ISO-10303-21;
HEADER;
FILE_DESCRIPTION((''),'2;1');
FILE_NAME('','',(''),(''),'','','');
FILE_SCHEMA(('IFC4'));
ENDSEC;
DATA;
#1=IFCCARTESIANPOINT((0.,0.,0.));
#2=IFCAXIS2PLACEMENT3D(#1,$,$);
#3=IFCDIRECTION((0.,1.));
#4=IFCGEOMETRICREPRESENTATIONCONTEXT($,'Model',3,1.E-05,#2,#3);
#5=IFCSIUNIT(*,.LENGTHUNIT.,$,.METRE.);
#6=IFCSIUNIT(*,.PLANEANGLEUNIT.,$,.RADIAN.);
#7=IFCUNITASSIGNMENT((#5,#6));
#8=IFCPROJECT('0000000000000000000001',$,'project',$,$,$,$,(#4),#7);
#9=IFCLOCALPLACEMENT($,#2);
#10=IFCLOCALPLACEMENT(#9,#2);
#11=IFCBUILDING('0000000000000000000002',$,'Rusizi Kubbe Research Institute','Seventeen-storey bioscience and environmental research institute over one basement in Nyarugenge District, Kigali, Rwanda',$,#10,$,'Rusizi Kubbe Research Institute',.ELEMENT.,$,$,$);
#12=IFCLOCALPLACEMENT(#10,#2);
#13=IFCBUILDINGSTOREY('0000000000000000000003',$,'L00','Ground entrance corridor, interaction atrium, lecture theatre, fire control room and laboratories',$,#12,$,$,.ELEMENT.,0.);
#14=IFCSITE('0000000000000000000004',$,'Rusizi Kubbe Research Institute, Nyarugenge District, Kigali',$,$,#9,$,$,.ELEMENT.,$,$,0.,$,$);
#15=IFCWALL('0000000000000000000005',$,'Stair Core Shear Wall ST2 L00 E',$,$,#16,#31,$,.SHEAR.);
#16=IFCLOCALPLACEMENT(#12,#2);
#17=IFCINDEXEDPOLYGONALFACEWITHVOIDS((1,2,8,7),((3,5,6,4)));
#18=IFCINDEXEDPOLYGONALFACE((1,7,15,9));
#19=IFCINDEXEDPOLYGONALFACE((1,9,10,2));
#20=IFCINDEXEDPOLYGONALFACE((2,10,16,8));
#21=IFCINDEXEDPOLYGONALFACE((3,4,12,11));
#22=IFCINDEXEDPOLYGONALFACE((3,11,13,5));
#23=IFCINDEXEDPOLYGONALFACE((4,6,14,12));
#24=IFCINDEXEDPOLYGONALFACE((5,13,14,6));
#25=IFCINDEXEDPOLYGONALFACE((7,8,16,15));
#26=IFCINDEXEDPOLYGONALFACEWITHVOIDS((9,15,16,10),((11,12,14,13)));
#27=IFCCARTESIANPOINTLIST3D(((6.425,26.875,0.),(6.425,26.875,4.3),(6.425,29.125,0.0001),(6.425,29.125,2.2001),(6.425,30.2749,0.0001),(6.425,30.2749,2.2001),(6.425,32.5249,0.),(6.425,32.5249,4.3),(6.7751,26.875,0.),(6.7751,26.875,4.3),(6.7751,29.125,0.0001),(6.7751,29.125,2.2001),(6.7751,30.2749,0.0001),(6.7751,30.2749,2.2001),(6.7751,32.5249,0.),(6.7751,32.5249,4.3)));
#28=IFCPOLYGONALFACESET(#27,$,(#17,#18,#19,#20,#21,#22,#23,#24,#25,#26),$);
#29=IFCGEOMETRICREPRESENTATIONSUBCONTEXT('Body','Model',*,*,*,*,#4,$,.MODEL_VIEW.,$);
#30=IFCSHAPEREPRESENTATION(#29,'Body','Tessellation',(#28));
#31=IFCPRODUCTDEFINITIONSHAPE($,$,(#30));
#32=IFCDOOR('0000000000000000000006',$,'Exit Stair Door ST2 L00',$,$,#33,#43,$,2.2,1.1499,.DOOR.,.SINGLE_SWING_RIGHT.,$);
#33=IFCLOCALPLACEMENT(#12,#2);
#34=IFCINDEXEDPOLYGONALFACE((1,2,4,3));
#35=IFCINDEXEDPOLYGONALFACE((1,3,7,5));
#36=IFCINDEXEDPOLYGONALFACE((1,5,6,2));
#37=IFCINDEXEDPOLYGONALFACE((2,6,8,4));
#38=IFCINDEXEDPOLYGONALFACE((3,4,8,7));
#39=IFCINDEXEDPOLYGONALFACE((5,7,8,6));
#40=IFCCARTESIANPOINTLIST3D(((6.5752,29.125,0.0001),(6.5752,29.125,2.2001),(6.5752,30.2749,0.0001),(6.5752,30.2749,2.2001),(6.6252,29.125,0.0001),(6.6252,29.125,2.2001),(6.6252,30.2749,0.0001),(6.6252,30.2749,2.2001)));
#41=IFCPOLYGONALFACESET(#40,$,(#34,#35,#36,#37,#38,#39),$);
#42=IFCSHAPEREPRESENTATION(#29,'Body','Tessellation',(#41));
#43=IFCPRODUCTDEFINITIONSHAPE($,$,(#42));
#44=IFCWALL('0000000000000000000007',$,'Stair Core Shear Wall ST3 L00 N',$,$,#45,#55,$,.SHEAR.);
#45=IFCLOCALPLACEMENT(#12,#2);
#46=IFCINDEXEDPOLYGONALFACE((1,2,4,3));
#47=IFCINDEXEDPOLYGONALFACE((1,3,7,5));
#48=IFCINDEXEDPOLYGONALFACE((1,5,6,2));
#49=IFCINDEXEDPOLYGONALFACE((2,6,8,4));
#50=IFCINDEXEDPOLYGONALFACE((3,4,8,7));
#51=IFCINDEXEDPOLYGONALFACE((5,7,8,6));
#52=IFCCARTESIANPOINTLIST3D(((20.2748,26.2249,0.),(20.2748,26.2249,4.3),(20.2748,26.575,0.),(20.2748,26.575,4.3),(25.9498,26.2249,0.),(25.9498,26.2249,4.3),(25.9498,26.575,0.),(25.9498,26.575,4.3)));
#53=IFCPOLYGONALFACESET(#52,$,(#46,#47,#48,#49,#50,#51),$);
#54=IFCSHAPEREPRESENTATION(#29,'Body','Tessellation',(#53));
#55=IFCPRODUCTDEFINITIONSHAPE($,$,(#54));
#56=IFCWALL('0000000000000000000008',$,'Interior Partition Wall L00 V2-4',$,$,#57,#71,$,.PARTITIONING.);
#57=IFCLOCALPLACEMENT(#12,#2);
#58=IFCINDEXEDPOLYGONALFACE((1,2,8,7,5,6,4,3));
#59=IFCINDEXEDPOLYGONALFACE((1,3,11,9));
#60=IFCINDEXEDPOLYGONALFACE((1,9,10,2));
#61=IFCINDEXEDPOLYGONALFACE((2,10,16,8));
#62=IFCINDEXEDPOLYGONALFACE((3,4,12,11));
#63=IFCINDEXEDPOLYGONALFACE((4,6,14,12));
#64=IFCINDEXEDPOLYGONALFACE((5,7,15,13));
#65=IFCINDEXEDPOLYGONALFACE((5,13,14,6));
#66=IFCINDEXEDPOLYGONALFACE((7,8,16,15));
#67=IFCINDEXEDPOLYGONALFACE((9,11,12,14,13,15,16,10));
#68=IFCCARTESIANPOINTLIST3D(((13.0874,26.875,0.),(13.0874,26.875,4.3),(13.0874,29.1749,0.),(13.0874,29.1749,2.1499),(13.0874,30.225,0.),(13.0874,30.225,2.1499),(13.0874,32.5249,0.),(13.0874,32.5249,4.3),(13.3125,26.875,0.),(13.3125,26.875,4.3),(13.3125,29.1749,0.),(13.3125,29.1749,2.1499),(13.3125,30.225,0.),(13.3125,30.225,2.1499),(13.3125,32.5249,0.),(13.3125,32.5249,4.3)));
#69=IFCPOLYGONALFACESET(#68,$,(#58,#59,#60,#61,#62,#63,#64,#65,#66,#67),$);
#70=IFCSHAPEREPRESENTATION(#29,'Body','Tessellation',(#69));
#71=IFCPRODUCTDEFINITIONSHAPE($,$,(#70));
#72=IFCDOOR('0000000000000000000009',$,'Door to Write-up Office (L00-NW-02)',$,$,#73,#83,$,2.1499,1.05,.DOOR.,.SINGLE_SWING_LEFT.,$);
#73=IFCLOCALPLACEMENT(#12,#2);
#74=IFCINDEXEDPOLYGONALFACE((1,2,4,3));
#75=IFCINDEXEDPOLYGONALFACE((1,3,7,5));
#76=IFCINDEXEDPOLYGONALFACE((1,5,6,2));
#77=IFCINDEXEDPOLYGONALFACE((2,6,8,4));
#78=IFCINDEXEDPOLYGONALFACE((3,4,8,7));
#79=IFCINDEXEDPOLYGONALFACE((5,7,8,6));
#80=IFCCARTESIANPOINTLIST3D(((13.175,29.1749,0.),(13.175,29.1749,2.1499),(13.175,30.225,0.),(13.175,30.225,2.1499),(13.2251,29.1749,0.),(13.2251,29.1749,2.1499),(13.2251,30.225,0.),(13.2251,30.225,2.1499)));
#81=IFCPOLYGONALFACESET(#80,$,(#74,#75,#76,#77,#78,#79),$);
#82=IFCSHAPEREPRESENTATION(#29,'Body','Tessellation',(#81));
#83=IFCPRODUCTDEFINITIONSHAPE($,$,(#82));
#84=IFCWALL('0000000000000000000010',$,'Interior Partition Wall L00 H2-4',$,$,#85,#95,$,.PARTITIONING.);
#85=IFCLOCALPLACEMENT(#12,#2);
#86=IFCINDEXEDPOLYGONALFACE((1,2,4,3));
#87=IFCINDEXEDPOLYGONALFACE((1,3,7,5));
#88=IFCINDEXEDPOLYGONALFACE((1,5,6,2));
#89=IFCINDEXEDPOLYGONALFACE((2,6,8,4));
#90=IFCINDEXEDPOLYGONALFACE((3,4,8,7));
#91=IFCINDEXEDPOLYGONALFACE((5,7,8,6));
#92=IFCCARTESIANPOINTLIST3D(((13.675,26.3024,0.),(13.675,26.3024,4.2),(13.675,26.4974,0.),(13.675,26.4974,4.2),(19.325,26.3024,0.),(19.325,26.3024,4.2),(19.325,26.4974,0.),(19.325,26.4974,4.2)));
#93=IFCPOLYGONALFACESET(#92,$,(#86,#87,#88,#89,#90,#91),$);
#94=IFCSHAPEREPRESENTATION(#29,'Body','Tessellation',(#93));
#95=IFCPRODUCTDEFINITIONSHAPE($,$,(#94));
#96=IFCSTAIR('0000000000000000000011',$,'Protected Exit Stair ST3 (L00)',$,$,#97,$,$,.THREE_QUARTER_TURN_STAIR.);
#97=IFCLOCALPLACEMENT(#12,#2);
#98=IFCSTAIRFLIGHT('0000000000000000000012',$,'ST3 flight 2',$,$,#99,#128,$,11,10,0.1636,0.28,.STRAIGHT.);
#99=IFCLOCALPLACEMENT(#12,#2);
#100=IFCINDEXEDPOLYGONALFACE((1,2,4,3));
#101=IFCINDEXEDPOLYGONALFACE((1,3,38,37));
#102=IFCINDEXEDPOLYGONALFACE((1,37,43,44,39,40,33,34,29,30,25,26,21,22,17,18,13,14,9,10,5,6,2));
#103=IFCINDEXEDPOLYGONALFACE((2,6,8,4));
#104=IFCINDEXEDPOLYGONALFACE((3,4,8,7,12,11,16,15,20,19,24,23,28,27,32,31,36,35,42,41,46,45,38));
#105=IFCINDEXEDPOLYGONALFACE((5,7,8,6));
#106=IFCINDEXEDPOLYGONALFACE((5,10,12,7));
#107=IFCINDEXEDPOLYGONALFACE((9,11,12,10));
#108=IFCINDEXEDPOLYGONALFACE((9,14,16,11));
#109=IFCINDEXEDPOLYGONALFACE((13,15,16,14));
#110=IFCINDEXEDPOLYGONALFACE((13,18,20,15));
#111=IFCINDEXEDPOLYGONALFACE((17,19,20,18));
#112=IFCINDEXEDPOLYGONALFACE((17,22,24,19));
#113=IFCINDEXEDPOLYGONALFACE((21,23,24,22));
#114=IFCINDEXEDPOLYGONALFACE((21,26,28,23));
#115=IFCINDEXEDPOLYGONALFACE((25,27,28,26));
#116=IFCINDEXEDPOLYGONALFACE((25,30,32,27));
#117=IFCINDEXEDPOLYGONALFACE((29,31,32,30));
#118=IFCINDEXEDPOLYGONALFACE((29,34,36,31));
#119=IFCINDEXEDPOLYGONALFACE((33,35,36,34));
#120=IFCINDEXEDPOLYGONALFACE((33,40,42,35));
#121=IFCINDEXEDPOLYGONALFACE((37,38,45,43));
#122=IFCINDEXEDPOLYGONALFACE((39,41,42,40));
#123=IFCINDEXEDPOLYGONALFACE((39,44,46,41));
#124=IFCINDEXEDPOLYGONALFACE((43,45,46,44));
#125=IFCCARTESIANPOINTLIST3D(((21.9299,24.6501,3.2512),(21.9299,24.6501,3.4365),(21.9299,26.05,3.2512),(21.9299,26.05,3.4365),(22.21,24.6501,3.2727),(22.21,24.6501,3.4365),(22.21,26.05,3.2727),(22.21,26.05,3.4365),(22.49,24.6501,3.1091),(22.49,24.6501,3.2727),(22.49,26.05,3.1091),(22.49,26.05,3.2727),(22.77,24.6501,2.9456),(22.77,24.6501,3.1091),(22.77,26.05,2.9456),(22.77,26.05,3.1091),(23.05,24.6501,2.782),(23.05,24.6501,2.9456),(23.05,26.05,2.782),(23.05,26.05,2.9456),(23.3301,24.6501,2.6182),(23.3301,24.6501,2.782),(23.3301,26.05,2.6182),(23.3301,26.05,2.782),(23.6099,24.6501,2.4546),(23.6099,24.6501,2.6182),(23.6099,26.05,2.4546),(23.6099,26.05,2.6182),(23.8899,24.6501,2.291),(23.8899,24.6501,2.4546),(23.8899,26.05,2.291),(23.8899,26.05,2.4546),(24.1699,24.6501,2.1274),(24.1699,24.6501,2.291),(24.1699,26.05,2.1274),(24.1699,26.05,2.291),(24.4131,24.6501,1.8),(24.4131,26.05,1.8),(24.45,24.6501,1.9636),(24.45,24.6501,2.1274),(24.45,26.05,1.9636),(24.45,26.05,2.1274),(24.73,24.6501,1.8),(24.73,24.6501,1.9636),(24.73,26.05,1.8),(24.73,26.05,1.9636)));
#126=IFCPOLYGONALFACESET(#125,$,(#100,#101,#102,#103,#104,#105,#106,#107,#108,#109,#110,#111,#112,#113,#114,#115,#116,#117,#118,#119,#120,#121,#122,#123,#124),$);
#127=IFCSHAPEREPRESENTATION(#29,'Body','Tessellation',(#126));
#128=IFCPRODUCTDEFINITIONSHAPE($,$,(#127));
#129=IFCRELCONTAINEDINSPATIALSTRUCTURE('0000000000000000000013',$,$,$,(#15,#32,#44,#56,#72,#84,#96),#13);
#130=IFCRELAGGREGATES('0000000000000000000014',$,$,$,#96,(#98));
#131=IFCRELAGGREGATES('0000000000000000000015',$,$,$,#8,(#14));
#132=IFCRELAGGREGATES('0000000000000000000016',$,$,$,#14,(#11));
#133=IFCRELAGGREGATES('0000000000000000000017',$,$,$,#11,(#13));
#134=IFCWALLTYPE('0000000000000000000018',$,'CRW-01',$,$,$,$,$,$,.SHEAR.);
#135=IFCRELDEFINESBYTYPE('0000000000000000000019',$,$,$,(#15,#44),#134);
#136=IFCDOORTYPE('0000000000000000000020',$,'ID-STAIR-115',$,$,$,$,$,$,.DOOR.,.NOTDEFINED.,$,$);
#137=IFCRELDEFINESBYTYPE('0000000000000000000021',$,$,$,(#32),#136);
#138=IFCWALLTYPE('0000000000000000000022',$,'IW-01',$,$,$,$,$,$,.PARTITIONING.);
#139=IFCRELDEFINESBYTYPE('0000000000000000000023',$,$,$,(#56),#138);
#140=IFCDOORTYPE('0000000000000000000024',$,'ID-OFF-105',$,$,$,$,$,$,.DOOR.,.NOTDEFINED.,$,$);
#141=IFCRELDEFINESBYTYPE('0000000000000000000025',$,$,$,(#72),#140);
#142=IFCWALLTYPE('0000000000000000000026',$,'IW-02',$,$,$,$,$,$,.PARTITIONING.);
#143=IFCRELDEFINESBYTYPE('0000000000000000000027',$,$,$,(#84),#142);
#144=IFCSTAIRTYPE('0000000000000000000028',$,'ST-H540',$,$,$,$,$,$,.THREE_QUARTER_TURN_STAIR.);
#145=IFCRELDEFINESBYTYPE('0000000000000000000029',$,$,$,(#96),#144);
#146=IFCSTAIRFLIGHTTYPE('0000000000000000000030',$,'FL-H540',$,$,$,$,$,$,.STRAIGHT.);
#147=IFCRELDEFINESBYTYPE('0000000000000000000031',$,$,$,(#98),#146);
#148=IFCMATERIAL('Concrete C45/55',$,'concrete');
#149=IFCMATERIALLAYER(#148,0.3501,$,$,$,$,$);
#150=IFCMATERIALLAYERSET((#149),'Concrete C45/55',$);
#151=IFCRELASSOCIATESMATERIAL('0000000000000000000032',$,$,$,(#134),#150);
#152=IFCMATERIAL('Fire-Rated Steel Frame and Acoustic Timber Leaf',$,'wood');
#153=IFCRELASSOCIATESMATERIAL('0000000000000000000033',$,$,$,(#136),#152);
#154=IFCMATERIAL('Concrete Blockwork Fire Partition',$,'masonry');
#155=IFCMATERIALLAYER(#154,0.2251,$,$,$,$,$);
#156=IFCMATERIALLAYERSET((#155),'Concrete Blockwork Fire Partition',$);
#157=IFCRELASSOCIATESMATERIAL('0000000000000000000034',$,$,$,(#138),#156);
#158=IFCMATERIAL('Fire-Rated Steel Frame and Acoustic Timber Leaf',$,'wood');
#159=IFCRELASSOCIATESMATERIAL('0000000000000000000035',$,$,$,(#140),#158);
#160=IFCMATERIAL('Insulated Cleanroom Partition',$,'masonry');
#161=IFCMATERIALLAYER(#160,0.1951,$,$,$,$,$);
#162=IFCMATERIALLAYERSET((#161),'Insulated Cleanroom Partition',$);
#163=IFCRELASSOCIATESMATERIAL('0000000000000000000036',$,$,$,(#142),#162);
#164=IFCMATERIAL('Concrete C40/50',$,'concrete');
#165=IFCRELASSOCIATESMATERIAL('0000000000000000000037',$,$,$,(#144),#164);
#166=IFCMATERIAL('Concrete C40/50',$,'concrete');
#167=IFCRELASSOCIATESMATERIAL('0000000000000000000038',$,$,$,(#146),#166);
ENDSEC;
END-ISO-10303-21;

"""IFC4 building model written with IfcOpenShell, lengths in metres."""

from ifc_helpers import new_model, si_unit, direction, frame, frame_2d, origin, place, context, subcontext, project, spatial, polyline, rectangle, outline, extrude, material, layer, layer_set, type_object, element, fill, aggregate, save


model = new_model("IFC4")

# Units and contexts
model_context = context("Model", 3, precision=1e-05, world=origin(), true_north=direction((0.0, 1.0)))
body_context = subcontext(model_context, "Body", "Model", "MODEL_VIEW")
ifc_project = project(units=[si_unit("LENGTHUNIT", "METRE"), si_unit("PLANEANGLEUNIT", "RADIAN")], contexts=[model_context])

# Site, building, storey
site_placement = place(None, origin())
site = spatial("IfcSite", under=ifc_project, at=site_placement, Name="Rusizi Kubbe Research Institute, Nyarugenge District, Kigali", CompositionType="ELEMENT", RefElevation=0.0)
building_placement = place(site_placement, origin())
building = spatial("IfcBuilding", under=site, at=building_placement, Name="Rusizi Kubbe Research Institute", Description="Seventeen-storey bioscience and environmental research institute over one basement in Nyarugenge District, Kigali, Rwanda", LongName="Rusizi Kubbe Research Institute", CompositionType="ELEMENT")
storey_placement = place(building_placement, origin())
storey = spatial("IfcBuildingStorey", under=building, at=storey_placement, Name="L00", Description="Ground entrance corridor, interaction atrium, lecture theatre, fire control room and laboratories", CompositionType="ELEMENT", Elevation=0.0)

# Wall, opening, door
ifc_material_1 = material(Name="Concrete C45/55", Category="concrete")
ifc_layer_1 = layer(ifc_material_1, 0.3501)
ifc_layer_set_1 = layer_set([ifc_layer_1], Name="Concrete C45/55")
wall_type_1 = type_object("IfcWallType", Name="CRW-01", PredefinedType="SHEAR", material=ifc_layer_set_1)
wall_1_placement = place(storey_placement, frame((6.6001, 26.875, 0.0), z_axis=(0.0, 0.0, 1.0), x_axis=(0.0, 1.0, 0.0)))
wall_1 = element("IfcWall", 1, at=wall_1_placement, inside=storey, type_object=wall_type_1, Name="Stair Core Shear Wall ST2 L00 E", PredefinedType="SHEAR", context=body_context, shape_type="SweptSolid", body=[
    extrude(rectangle(XDim=5.6499, YDim=0.3501, at=frame_2d((2.825, 0.0))), origin(), (0.0, 0.0, 1.0), 4.3),
])
opening_1_placement = place(wall_1_placement, frame((2.25, 0.0, 0.0)))
opening_1 = element("IfcOpeningElement", 2, at=opening_1_placement, cuts=wall_1, PredefinedType="OPENING", context=body_context, shape_type="SweptSolid", body=[
    extrude(rectangle(XDim=1.1499, YDim=2.2, at=frame_2d((0.575, 1.1001))), frame((0.0, 0.1851, 0.0), z_axis=(0.0, -1.0, 0.0), x_axis=(1.0, 0.0, 0.0)), (0.0, 0.0, 1.0), 0.3701),
])
ifc_material_2 = material(Name="Fire-Rated Steel Frame and Acoustic Timber Leaf", Category="wood")
door_type_1 = type_object("IfcDoorType", Name="ID-STAIR-115", OperationType="NOTDEFINED", PredefinedType="DOOR", material=ifc_material_2)
door_1_placement = place(opening_1_placement, origin())
door_1 = element("IfcDoor", 3, at=door_1_placement, inside=storey, type_object=door_type_1, Name="Exit Stair Door ST2 L00", OperationType="SINGLE_SWING_RIGHT", OverallHeight=2.2, OverallWidth=1.1499, PredefinedType="DOOR", context=body_context, shape_type="SweptSolid", body=[
    extrude(rectangle(XDim=1.1499, YDim=2.2, at=frame_2d((0.575, 1.1001))), frame((0.0, 0.0249, 0.0), z_axis=(0.0, -1.0, 0.0), x_axis=(1.0, 0.0, 0.0)), (0.0, 0.0, 1.0), 0.05),
])
fill(opening_1, door_1)

# Wall
wall_2_placement = place(storey_placement, frame((20.2749, 26.3999, 0.0), z_axis=(0.0, 0.0, 1.0), x_axis=(1.0, 0.0, 0.0)))
element("IfcWall", 4, at=wall_2_placement, inside=storey, type_object=wall_type_1, Name="Stair Core Shear Wall ST3 L00 N", PredefinedType="SHEAR", context=body_context, shape_type="SweptSolid", body=[
    extrude(rectangle(XDim=5.675, YDim=0.3501, at=frame_2d((2.8374, 0.0))), origin(), (0.0, 0.0, 1.0), 4.3),
])

# Wall, opening, door
ifc_material_3 = material(Name="Concrete Blockwork Fire Partition", Category="masonry")
ifc_layer_2 = layer(ifc_material_3, 0.2251)
ifc_layer_set_2 = layer_set([ifc_layer_2], Name="Concrete Blockwork Fire Partition")
wall_type_2 = type_object("IfcWallType", Name="IW-01", PredefinedType="PARTITIONING", material=ifc_layer_set_2)
wall_3_placement = place(storey_placement, frame((13.2, 26.875, 0.0), z_axis=(0.0, 0.0, 1.0), x_axis=(0.0, 1.0, 0.0)))
wall_3 = element("IfcWall", 5, at=wall_3_placement, inside=storey, type_object=wall_type_2, Name="Interior Partition Wall L00 V2-4", PredefinedType="PARTITIONING", context=body_context, shape_type="SweptSolid", body=[
    extrude(rectangle(XDim=5.6499, YDim=0.2251, at=frame_2d((2.825, 0.0))), origin(), (0.0, 0.0, 1.0), 4.3),
])
opening_2_placement = place(wall_3_placement, frame((2.3, 0.0, 0.0)))
opening_2 = element("IfcOpeningElement", 6, at=opening_2_placement, cuts=wall_3, PredefinedType="OPENING", context=body_context, shape_type="SweptSolid", body=[
    extrude(rectangle(XDim=1.05, YDim=2.1499, at=frame_2d((0.5249, 1.075))), frame((0.0, 0.1226, 0.0), z_axis=(0.0, -1.0, 0.0), x_axis=(1.0, 0.0, 0.0)), (0.0, 0.0, 1.0), 0.2451),
])
ifc_material_4 = material(Name="Fire-Rated Steel Frame and Acoustic Timber Leaf", Category="wood")
door_type_2 = type_object("IfcDoorType", Name="ID-OFF-105", OperationType="NOTDEFINED", PredefinedType="DOOR", material=ifc_material_4)
door_2_placement = place(opening_2_placement, origin())
door_2 = element("IfcDoor", 7, at=door_2_placement, inside=storey, type_object=door_type_2, Name="Door to Write-up Office (L00-NW-02)", OperationType="SINGLE_SWING_LEFT", OverallHeight=2.1499, OverallWidth=1.05, PredefinedType="DOOR", context=body_context, shape_type="SweptSolid", body=[
    extrude(rectangle(XDim=1.05, YDim=2.1499, at=frame_2d((0.5249, 1.075))), frame((0.0, 0.0249, 0.0), z_axis=(0.0, -1.0, 0.0), x_axis=(1.0, 0.0, 0.0)), (0.0, 0.0, 1.0), 0.05),
])
fill(opening_2, door_2)

# Wall
ifc_material_5 = material(Name="Insulated Cleanroom Partition", Category="masonry")
ifc_layer_3 = layer(ifc_material_5, 0.1951)
ifc_layer_set_3 = layer_set([ifc_layer_3], Name="Insulated Cleanroom Partition")
wall_type_3 = type_object("IfcWallType", Name="IW-02", PredefinedType="PARTITIONING", material=ifc_layer_set_3)
wall_4_placement = place(storey_placement, frame((13.675, 26.3999, 0.0), z_axis=(0.0, 0.0, 1.0), x_axis=(1.0, 0.0, 0.0)))
element("IfcWall", 8, at=wall_4_placement, inside=storey, type_object=wall_type_3, Name="Interior Partition Wall L00 H2-4", PredefinedType="PARTITIONING", context=body_context, shape_type="SweptSolid", body=[
    extrude(rectangle(XDim=5.6499, YDim=0.1951, at=frame_2d((2.825, 0.0))), origin(), (0.0, 0.0, 1.0), 4.2),
])

# Stair, stair flight
ifc_material_6 = material(Name="Concrete C40/50", Category="concrete")
stair_type = type_object("IfcStairType", Name="ST-H540", PredefinedType="THREE_QUARTER_TURN_STAIR", material=ifc_material_6)
stair_placement = place(storey_placement, origin())
stair = element("IfcStair", 9, at=stair_placement, inside=storey, type_object=stair_type, Name="Protected Exit Stair ST3 (L00)", PredefinedType="THREE_QUARTER_TURN_STAIR")
ifc_material_7 = material(Name="Concrete C40/50", Category="concrete")
stair_flight_type = type_object("IfcStairFlightType", Name="FL-H540", PredefinedType="STRAIGHT", material=ifc_material_7)
stair_flight_placement = place(storey_placement, frame((24.73, 25.3501, 1.8), z_axis=(0.0, 0.0, 1.0), x_axis=(-1.0, 0.0, 0.0)))
stair_flight = element("IfcStairFlight", 10, at=stair_flight_placement, type_object=stair_flight_type, Name="ST3 flight 2", NumberOfRisers=11, NumberOfTreads=10, PredefinedType="STRAIGHT", RiserHeight=0.1636, TreadLength=0.28, context=body_context, shape_type="SweptSolid", body=[
    extrude(outline(polyline([(0.0, 0.0), (0.0, 0.1636), (0.28, 0.1636), (0.28, 0.3274), (0.5601, 0.3274), (0.5601, 0.491), (0.8401, 0.491), (0.8401, 0.6545), (1.1201, 0.6545), (1.1201, 0.8181), (1.3999, 0.8181), (1.3999, 0.9819), (1.6799, 0.9819), (1.6799, 1.1455), (1.96, 1.1455), (1.96, 1.3091), (2.24, 1.3091), (2.24, 1.4727), (2.52, 1.4727), (2.52, 1.6365), (2.8, 1.6365), (2.8, 1.8), (2.8, 1.4512), (0.3169, 0.0), (0.0, 0.0)])), frame((0.0, 0.7, 0.0), z_axis=(0.0, -1.0, 0.0), x_axis=(1.0, 0.0, 0.0)), (0.0, 0.0, 1.0), 1.3999),
])
aggregate(stair, [stair_flight])

save(model, "model.ifc")
